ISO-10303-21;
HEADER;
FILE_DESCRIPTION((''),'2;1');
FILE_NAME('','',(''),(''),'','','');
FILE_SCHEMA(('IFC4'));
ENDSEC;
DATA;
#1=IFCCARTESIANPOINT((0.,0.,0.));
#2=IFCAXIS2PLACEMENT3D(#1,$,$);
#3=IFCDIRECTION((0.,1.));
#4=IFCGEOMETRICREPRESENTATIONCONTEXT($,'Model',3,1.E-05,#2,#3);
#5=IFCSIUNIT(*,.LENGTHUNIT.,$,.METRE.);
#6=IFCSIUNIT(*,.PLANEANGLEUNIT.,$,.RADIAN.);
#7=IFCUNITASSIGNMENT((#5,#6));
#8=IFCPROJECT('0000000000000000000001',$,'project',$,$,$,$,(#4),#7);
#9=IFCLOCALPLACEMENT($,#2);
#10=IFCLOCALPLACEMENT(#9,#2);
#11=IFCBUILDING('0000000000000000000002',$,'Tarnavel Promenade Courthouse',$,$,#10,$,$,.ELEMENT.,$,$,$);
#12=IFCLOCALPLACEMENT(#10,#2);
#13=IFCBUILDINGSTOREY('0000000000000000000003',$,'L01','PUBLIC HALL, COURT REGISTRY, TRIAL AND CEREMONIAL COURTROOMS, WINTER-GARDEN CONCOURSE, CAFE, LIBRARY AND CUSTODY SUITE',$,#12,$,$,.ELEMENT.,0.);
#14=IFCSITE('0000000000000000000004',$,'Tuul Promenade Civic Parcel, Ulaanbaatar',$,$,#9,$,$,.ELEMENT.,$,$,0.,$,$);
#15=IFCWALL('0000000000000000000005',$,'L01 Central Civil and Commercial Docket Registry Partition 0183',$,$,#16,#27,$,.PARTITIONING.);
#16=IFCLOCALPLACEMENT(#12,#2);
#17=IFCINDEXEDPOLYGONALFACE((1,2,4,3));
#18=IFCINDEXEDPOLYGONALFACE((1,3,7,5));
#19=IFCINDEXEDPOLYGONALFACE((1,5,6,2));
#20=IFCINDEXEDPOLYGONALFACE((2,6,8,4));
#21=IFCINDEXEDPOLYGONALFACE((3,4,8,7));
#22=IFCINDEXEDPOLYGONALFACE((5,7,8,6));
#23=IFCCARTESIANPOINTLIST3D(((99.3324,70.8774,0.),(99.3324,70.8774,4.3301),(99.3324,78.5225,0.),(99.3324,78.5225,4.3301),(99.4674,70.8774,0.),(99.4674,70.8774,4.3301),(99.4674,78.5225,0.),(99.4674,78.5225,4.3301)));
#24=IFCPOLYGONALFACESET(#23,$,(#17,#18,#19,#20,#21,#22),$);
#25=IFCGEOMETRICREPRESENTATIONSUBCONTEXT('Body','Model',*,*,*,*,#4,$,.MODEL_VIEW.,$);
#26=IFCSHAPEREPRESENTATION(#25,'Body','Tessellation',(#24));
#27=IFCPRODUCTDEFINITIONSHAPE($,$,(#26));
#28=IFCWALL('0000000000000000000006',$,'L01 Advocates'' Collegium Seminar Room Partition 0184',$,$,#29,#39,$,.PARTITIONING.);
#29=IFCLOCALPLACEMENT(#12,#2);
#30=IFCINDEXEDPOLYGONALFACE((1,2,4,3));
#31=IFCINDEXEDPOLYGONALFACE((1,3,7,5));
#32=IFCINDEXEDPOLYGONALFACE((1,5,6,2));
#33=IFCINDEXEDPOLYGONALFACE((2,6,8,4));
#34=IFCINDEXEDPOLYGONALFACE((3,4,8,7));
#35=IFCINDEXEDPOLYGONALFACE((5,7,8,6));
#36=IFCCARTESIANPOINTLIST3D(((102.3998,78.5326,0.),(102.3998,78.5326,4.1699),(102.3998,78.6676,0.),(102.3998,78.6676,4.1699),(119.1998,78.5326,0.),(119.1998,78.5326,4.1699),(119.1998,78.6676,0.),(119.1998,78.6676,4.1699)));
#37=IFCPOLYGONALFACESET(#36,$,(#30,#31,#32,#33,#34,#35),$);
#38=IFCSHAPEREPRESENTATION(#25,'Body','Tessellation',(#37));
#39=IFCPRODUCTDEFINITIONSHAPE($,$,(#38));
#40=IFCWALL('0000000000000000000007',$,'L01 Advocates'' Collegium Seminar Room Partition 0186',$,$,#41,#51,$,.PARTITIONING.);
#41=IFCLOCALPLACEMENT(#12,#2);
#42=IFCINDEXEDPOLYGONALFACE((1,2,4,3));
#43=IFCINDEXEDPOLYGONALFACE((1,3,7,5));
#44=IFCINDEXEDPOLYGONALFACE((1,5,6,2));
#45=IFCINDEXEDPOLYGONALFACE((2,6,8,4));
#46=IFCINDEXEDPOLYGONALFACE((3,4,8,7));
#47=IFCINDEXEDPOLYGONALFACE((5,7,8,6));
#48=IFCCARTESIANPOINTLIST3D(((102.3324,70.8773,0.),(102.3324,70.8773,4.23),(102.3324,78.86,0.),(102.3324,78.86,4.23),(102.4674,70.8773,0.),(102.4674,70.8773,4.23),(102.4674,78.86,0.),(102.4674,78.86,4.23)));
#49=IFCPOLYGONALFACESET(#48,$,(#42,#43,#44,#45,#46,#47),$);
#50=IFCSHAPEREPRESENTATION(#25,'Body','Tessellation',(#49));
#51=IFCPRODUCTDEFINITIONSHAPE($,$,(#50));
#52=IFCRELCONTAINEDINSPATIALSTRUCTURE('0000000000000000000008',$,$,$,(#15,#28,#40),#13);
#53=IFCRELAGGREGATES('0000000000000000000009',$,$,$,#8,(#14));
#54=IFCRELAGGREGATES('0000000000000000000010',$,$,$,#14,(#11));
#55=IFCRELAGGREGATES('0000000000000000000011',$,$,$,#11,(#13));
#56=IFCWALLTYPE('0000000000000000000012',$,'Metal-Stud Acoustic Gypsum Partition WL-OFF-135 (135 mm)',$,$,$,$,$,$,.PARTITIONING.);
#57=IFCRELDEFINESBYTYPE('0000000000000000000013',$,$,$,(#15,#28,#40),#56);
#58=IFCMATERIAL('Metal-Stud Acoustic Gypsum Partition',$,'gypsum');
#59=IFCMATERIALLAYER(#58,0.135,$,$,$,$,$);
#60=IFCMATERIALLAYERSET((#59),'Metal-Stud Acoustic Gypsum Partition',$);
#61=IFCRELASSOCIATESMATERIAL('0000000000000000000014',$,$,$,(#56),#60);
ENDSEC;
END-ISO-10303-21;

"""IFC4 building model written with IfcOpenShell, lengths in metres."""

from ifc_helpers import new_model, si_unit, direction, frame, frame_2d, origin, place, context, subcontext, project, spatial, rectangle, extrude, material, layer, layer_set, type_object, element, save


model = new_model("IFC4")

# Units and contexts
model_context = context("Model", 3, precision=1e-05, world=origin(), true_north=direction((0.0, 1.0)))
body_context = subcontext(model_context, "Body", "Model", "MODEL_VIEW")
ifc_project = project(units=[si_unit("LENGTHUNIT", "METRE"), si_unit("PLANEANGLEUNIT", "RADIAN")], contexts=[model_context])

# Site, building, storey
site_placement = place(None, origin())
site = spatial("IfcSite", under=ifc_project, at=site_placement, Name="Tuul Promenade Civic Parcel, Ulaanbaatar", CompositionType="ELEMENT", RefElevation=0.0)
building_placement = place(site_placement, origin())
building = spatial("IfcBuilding", under=site, at=building_placement, Name="Tarnavel Promenade Courthouse", CompositionType="ELEMENT")
storey_placement = place(building_placement, origin())
storey = spatial("IfcBuildingStorey", under=building, at=storey_placement, Name="L01", Description="PUBLIC HALL, COURT REGISTRY, TRIAL AND CEREMONIAL COURTROOMS, WINTER-GARDEN CONCOURSE, CAFE, LIBRARY AND CUSTODY SUITE", CompositionType="ELEMENT", Elevation=0.0)

# Shared definitions
ifc_material_1 = material(Name="Metal-Stud Acoustic Gypsum Partition", Category="gypsum")
ifc_layer_1 = layer(ifc_material_1, 0.135)
ifc_layer_set_1 = layer_set([ifc_layer_1], Name="Metal-Stud Acoustic Gypsum Partition")
wall_type = type_object("IfcWallType", Name="Metal-Stud Acoustic Gypsum Partition WL-OFF-135 (135 mm)", PredefinedType="PARTITIONING", material=ifc_layer_set_1)

# Walls
wall_1_placement = place(storey_placement, frame((99.3999, 78.5225, 0.0), z_axis=(0.0, 0.0, 1.0), x_axis=(0.0, -1.0, 0.0)))
element("IfcWall", 1, at=wall_1_placement, inside=storey, type_object=wall_type, Name="L01 Central Civil and Commercial Docket Registry Partition 0183", PredefinedType="PARTITIONING", context=body_context, shape_type="SweptSolid", body=[
    extrude(rectangle(XDim=7.645, YDim=0.135, at=frame_2d((3.8225, 0.0))), origin(), (0.0, 0.0, 1.0), 4.3301),
])
wall_2_placement = place(storey_placement, frame((102.3999, 78.6001, 0.0), z_axis=(0.0, 0.0, 1.0), x_axis=(1.0, 0.0, 0.0)))
element("IfcWall", 2, at=wall_2_placement, inside=storey, type_object=wall_type, Name="L01 Advocates' Collegium Seminar Room Partition 0184", PredefinedType="PARTITIONING", context=body_context, shape_type="SweptSolid", body=[
    extrude(rectangle(XDim=16.8, YDim=0.135, at=frame_2d((8.3999, 0.0))), origin(), (0.0, 0.0, 1.0), 4.1699),
])
wall_3_placement = place(storey_placement, frame((102.3999, 70.8774, 0.0), z_axis=(0.0, 0.0, 1.0), x_axis=(0.0, 1.0, 0.0)))
element("IfcWall", 3, at=wall_3_placement, inside=storey, type_object=wall_type, Name="L01 Advocates' Collegium Seminar Room Partition 0186", PredefinedType="PARTITIONING", context=body_context, shape_type="SweptSolid", body=[
    extrude(rectangle(XDim=7.9827, YDim=0.135, at=frame_2d((3.9912, 0.0))), origin(), (0.0, 0.0, 1.0), 4.23),
])

save(model, "model.ifc")
